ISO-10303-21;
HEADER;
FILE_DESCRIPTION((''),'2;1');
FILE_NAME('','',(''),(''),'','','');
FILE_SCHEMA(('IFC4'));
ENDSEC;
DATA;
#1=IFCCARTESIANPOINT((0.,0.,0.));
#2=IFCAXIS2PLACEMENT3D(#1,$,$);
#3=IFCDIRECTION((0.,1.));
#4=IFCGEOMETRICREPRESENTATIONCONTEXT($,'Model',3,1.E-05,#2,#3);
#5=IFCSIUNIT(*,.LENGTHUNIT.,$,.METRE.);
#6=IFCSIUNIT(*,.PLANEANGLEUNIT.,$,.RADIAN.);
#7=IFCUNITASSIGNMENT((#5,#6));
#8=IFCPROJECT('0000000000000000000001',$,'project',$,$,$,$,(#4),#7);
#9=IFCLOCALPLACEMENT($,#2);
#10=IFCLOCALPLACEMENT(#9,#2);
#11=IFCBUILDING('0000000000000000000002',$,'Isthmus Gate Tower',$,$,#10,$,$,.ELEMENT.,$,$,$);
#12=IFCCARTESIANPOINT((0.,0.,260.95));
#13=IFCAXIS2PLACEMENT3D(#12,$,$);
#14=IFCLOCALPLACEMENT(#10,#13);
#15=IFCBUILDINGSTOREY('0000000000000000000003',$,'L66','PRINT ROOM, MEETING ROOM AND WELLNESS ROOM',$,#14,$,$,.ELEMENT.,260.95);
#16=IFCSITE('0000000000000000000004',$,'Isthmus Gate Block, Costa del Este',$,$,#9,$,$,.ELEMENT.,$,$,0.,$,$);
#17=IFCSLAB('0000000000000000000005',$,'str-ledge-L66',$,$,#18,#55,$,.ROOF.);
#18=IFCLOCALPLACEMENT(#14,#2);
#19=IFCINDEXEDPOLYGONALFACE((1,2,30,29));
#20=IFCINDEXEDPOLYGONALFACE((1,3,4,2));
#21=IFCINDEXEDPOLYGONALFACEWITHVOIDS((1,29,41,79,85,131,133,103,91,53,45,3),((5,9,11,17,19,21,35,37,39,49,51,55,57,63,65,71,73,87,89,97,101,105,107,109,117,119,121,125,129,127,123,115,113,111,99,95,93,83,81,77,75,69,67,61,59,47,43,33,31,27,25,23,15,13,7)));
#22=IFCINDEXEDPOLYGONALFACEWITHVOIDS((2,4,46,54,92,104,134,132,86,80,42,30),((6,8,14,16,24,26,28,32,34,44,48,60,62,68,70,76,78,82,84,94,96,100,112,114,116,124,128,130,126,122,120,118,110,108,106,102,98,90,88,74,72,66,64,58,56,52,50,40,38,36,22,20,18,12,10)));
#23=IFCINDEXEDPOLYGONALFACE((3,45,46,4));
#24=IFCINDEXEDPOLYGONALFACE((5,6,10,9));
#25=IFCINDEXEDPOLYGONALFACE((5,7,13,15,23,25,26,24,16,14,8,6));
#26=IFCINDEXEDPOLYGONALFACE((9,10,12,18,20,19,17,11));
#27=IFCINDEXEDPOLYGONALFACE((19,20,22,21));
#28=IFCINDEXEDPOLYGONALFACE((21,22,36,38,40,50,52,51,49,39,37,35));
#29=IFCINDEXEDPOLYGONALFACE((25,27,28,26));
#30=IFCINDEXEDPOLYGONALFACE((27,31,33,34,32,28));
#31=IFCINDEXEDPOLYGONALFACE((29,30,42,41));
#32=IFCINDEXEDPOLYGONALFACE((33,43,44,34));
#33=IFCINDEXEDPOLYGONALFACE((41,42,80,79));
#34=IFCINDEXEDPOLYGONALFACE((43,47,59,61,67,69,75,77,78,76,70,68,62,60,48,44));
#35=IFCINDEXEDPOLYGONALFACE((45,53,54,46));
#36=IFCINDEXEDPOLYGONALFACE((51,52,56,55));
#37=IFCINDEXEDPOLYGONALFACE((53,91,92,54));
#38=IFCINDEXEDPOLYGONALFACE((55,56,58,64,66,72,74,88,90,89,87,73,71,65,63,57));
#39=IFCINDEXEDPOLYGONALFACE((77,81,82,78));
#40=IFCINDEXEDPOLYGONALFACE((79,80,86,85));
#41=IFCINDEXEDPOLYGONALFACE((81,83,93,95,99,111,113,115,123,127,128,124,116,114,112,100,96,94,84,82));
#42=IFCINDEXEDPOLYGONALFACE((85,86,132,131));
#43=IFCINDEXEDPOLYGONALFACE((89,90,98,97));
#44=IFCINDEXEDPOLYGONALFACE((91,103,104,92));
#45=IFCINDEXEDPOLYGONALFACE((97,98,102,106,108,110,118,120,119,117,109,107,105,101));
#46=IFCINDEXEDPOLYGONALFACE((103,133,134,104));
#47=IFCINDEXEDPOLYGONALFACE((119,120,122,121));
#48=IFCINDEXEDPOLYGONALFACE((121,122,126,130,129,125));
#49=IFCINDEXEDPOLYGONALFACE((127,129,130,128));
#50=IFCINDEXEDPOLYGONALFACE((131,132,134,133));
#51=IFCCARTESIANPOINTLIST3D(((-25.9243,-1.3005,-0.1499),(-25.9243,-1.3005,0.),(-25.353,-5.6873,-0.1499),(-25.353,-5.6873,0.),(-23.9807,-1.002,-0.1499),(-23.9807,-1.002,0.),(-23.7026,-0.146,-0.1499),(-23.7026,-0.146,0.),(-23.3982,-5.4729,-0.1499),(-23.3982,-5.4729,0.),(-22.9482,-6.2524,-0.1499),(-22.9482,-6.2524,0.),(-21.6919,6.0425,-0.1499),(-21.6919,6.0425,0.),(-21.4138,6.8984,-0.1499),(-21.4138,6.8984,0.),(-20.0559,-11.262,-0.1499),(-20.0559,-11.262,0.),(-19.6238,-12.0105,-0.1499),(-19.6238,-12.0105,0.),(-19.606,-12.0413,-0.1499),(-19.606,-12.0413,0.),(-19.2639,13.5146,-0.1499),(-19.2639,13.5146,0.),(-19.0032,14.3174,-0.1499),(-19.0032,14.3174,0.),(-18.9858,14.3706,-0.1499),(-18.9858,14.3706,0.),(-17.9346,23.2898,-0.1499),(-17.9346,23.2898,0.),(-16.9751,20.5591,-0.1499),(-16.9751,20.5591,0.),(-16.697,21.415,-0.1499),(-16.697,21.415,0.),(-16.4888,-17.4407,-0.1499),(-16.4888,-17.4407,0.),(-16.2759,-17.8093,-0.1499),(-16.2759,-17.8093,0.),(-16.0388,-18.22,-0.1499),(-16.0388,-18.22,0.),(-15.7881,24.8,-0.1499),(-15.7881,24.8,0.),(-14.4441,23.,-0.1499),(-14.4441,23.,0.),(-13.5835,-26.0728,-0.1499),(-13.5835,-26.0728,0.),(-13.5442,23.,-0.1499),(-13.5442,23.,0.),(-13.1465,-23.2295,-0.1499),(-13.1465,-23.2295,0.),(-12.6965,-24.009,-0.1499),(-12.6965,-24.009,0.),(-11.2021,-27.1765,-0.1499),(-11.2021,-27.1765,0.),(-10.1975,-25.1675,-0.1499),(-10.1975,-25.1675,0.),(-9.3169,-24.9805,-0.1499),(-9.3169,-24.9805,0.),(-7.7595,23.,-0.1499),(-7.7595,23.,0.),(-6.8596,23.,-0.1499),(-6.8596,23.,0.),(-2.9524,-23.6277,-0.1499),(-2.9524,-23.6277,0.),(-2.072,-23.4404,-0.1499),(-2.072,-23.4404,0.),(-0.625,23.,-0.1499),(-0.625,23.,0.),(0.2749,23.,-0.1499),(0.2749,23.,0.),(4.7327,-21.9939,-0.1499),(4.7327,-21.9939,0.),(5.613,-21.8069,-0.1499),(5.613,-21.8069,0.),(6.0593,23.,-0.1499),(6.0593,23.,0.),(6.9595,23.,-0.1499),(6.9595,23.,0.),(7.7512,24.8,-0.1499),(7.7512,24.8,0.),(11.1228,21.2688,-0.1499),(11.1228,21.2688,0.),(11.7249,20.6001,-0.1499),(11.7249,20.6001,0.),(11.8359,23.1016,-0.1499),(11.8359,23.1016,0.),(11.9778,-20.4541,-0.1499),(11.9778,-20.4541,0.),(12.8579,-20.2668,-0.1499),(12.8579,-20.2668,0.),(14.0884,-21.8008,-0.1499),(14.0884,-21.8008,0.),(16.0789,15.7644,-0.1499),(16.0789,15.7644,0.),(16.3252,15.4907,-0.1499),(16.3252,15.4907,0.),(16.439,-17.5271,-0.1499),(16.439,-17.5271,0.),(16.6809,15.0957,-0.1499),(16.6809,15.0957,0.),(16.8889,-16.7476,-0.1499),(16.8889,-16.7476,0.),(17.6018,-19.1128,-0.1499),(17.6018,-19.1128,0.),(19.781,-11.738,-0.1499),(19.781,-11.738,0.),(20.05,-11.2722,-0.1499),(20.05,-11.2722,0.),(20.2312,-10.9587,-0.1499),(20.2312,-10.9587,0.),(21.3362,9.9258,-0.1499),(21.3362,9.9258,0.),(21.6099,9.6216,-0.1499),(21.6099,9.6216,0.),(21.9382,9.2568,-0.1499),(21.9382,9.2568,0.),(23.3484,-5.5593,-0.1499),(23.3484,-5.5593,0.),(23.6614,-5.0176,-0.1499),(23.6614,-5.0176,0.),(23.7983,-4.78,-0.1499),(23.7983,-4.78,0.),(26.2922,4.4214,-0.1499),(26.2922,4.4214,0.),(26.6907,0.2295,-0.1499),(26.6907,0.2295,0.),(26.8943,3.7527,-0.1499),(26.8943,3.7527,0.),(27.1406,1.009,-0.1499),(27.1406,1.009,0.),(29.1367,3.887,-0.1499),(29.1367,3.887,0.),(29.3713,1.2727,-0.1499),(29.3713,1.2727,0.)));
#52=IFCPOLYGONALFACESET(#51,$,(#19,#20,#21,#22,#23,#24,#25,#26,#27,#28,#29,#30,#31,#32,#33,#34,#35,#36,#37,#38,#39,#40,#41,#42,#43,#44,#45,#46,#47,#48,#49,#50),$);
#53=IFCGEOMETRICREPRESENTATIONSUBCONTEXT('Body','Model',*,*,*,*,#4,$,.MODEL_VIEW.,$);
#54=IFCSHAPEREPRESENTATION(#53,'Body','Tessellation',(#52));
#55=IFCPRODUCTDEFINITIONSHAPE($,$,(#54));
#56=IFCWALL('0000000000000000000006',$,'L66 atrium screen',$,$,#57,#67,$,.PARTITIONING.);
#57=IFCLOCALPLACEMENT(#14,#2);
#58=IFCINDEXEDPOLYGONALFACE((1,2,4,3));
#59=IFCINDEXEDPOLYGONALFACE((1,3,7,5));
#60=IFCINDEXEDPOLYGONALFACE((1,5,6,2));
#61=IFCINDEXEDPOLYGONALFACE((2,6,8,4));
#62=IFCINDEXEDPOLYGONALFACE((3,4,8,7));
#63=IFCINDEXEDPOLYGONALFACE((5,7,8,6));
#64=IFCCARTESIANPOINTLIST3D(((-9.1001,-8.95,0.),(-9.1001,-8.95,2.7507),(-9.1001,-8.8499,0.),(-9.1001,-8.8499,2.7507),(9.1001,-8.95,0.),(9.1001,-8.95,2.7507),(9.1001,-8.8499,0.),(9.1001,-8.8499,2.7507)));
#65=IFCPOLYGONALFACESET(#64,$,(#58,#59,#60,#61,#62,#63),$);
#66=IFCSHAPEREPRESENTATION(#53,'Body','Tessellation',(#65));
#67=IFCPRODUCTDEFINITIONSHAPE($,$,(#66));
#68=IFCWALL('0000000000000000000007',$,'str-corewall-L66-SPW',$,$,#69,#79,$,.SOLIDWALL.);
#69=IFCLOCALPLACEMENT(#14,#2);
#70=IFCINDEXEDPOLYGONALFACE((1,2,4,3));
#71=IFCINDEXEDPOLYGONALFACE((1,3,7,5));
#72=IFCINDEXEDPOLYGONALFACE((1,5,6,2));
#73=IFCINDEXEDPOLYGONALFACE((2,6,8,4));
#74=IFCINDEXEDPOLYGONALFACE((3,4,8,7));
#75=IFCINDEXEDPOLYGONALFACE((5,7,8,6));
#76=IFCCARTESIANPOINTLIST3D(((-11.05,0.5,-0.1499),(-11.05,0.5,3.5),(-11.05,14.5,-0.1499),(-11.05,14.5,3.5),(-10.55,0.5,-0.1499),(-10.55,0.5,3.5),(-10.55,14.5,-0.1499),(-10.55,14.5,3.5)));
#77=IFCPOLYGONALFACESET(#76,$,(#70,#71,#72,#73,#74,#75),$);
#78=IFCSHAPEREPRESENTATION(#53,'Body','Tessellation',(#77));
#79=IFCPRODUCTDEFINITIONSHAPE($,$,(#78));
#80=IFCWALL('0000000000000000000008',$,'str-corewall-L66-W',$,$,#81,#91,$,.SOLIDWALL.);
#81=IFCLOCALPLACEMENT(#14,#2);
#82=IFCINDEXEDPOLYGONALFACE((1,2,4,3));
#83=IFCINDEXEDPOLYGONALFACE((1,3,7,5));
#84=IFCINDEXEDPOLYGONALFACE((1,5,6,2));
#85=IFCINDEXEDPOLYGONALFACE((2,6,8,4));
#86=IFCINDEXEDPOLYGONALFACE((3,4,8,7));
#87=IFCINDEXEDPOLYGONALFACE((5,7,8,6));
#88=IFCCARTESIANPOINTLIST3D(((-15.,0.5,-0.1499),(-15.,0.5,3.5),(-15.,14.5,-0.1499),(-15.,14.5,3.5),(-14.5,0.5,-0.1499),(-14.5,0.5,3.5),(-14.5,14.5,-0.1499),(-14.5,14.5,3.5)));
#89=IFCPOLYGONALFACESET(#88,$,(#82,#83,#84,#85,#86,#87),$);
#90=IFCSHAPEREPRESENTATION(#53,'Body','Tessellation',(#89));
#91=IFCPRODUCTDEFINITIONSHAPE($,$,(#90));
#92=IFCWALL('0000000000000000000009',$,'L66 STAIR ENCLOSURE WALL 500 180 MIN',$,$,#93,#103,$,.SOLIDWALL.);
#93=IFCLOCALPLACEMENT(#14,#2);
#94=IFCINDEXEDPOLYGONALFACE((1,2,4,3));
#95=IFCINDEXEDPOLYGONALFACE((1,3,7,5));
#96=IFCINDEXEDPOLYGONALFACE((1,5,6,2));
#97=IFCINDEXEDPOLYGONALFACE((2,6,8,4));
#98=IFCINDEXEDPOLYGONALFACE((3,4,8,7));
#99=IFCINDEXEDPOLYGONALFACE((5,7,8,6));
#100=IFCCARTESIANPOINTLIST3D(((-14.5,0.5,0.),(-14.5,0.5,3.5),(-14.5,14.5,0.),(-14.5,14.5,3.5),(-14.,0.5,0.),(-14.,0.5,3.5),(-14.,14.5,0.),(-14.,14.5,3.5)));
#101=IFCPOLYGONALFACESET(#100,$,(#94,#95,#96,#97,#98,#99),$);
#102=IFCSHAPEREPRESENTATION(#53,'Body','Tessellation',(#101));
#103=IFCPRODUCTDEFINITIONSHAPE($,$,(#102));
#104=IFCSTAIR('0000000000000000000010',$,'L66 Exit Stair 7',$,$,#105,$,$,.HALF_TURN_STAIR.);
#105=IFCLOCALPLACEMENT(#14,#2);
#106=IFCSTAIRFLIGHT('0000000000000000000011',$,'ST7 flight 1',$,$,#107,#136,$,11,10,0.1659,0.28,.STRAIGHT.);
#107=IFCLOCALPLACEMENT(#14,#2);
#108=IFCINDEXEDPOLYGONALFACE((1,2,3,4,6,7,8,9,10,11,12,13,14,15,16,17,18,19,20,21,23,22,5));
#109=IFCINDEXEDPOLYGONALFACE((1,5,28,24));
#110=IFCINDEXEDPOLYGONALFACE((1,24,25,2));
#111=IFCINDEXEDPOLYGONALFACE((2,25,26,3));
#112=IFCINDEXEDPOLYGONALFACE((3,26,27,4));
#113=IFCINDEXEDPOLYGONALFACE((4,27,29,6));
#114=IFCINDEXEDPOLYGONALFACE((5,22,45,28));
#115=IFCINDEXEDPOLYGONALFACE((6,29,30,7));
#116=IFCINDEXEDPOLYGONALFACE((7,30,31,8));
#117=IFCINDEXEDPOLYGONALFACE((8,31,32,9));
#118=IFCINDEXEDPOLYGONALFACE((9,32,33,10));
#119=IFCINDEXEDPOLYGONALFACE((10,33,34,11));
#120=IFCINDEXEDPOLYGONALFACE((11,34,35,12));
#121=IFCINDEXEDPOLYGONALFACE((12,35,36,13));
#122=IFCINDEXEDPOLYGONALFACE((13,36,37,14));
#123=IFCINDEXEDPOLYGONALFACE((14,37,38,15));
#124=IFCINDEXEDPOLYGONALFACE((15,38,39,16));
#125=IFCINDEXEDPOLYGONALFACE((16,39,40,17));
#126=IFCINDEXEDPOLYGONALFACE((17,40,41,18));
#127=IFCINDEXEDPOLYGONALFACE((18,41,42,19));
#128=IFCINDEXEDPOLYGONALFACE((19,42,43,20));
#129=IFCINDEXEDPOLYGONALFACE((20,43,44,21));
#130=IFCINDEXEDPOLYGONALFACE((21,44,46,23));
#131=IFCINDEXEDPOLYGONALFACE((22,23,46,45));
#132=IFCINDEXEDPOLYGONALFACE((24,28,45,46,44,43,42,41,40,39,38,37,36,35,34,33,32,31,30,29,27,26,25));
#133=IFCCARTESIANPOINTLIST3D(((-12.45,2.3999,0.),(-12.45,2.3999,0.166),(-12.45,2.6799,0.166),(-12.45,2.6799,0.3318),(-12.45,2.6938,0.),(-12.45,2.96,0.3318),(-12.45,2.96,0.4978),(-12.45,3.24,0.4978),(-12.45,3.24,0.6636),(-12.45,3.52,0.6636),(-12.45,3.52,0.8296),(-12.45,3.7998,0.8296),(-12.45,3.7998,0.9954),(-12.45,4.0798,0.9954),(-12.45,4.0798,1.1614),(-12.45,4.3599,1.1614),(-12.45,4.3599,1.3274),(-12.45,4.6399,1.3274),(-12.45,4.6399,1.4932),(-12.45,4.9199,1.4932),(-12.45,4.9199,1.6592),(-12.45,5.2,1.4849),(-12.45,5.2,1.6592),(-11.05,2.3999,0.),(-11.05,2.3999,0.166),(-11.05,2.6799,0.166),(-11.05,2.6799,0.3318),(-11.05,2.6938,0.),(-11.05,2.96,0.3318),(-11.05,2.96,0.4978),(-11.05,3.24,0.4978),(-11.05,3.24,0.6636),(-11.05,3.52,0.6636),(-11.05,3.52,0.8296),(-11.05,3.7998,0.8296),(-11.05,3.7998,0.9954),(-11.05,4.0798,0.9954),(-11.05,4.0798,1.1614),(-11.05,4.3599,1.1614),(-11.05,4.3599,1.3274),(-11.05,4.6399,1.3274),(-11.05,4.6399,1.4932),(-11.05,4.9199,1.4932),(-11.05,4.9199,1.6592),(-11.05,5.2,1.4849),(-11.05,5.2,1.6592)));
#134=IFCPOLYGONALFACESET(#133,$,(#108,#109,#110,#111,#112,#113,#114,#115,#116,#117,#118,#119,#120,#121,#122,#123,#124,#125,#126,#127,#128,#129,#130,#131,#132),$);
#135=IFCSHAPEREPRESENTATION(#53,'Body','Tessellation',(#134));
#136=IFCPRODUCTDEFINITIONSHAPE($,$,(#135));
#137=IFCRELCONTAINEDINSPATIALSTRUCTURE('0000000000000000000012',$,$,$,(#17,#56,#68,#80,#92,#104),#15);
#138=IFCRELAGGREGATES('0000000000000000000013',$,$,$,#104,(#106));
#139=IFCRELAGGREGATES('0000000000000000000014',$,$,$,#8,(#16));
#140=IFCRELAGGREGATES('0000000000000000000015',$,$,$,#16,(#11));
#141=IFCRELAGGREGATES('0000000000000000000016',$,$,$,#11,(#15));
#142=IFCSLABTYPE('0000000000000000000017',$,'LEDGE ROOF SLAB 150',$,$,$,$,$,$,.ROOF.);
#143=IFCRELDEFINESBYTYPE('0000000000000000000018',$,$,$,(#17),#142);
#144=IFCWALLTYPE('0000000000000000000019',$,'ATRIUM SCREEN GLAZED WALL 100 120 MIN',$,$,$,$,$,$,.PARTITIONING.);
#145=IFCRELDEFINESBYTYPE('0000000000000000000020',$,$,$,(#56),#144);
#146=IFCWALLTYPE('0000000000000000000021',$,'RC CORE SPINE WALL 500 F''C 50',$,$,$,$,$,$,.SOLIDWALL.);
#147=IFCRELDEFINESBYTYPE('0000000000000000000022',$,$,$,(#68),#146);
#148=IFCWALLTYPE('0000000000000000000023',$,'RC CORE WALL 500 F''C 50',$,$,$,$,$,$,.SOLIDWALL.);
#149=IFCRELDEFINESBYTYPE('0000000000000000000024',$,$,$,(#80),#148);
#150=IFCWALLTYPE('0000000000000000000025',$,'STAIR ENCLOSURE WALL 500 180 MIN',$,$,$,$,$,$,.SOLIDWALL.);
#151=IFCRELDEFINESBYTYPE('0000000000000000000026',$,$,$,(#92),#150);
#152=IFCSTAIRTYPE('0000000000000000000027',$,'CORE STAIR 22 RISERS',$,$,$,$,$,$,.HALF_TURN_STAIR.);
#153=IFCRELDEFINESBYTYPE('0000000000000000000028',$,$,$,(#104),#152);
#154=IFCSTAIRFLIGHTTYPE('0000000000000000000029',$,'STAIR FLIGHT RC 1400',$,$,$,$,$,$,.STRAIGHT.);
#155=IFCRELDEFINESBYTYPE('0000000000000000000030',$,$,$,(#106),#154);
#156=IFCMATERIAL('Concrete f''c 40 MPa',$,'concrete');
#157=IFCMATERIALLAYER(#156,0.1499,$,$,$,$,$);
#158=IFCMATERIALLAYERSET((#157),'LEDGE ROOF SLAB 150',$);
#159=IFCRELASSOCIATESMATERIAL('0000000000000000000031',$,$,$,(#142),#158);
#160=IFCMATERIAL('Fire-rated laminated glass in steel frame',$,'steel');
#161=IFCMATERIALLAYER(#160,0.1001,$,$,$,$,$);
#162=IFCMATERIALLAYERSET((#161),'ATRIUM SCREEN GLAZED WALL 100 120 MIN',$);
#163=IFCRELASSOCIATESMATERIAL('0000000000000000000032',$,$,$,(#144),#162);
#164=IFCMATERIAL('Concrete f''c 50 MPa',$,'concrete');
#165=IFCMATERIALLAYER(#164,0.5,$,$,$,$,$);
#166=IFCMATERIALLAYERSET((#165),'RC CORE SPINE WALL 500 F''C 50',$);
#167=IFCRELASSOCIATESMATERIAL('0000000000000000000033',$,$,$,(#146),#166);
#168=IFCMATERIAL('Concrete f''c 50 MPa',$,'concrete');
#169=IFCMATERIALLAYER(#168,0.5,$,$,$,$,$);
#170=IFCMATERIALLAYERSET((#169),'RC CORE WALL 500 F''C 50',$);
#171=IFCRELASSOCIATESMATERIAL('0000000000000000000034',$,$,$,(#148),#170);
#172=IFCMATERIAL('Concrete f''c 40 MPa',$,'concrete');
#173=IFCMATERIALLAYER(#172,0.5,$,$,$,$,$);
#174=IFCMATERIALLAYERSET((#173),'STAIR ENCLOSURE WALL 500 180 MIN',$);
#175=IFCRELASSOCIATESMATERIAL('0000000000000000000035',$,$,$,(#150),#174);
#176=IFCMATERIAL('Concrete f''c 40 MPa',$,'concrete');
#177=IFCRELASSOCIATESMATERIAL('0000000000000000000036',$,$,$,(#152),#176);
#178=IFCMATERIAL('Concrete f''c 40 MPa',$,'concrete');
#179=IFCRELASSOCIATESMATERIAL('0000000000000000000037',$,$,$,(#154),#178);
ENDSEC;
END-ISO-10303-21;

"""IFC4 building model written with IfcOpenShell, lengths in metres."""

from ifc_helpers import new_model, si_unit, direction, frame, frame_2d, origin, place, context, subcontext, project, spatial, polyline, rectangle, outline, extrude, material, layer, layer_set, type_object, element, aggregate, save


model = new_model("IFC4")

# Units and contexts
model_context = context("Model", 3, precision=1e-05, world=origin(), true_north=direction((0.0, 1.0)))
body_context = subcontext(model_context, "Body", "Model", "MODEL_VIEW")
ifc_project = project(units=[si_unit("LENGTHUNIT", "METRE"), si_unit("PLANEANGLEUNIT", "RADIAN")], contexts=[model_context])

# Site, building, storey
site_placement = place(None, origin())
site = spatial("IfcSite", under=ifc_project, at=site_placement, Name="Isthmus Gate Block, Costa del Este", CompositionType="ELEMENT", RefElevation=0.0)
building_placement = place(site_placement, origin())
building = spatial("IfcBuilding", under=site, at=building_placement, Name="Isthmus Gate Tower", CompositionType="ELEMENT")
storey_placement = place(building_placement, frame((0.0, 0.0, 260.95)))
storey = spatial("IfcBuildingStorey", under=building, at=storey_placement, Name="L66", Description="PRINT ROOM, MEETING ROOM AND WELLNESS ROOM", CompositionType="ELEMENT", Elevation=260.95)

# Slab
ifc_material_1 = material(Name="Concrete f'c 40 MPa", Category="concrete")
ifc_layer_1 = layer(ifc_material_1, 0.1499)
ifc_layer_set_1 = layer_set([ifc_layer_1], Name="LEDGE ROOF SLAB 150")
slab_type_1 = type_object("IfcSlabType", Name="LEDGE ROOF SLAB 150", PredefinedType="ROOF", material=ifc_layer_set_1)
slab_1_placement = place(storey_placement, frame((0.0, 0.0, -0.1499)))
element("IfcSlab", 1, at=slab_1_placement, inside=storey, type_object=slab_type_1, Name="str-ledge-L66", PredefinedType="ROOF", context=body_context, shape_type="SweptSolid", body=[
    extrude(outline(polyline([(29.1367, 3.887), (29.3713, 1.2727), (17.6018, -19.1128), (14.0884, -21.8008), (-11.2021, -27.1765), (-13.5835, -26.0728), (-25.353, -5.6873), (-25.9243, -1.3005), (-17.9346, 23.2898), (-15.7881, 24.8), (7.7512, 24.8), (11.8359, 23.1016), (29.1367, 3.887)]), holes=[polyline([(-16.697, 21.415), (-16.9751, 20.5591), (-18.9858, 14.3706), (-19.0032, 14.3174), (-19.2639, 13.5146), (-21.4138, 6.8984), (-21.6919, 6.0425), (-23.7026, -0.146), (-23.9807, -1.002), (-23.3982, -5.4729), (-22.9482, -6.2524), (-20.0559, -11.262), (-19.6238, -12.0105), (-19.606, -12.0413), (-16.4888, -17.4407), (-16.2759, -17.8093), (-16.0388, -18.22), (-13.1465, -23.2295), (-12.6965, -24.009), (-10.1975, -25.1675), (-9.3169, -24.9805), (-2.9524, -23.6277), (-2.072, -23.4404), (4.7327, -21.9939), (5.613, -21.8069), (11.9778, -20.4541), (12.8579, -20.2668), (16.439, -17.5271), (16.8889, -16.7476), (19.781, -11.738), (20.05, -11.2722), (20.2312, -10.9587), (23.3484, -5.5593), (23.6614, -5.0176), (23.7983, -4.78), (26.6907, 0.2295), (27.1406, 1.009), (26.8943, 3.7527), (26.2922, 4.4214), (21.9382, 9.2568), (21.6099, 9.6216), (21.3362, 9.9258), (16.6809, 15.0957), (16.3252, 15.4907), (16.0789, 15.7644), (11.7249, 20.6001), (11.1228, 21.2688), (6.9595, 23.0), (6.0593, 23.0), (0.2749, 23.0), (-0.625, 23.0), (-6.8596, 23.0), (-7.7595, 23.0), (-13.5442, 23.0), (-14.4441, 23.0), (-16.697, 21.415)])]), origin(), (0.0, 0.0, 1.0), 0.1499),
])

# Walls
ifc_material_2 = material(Name="Fire-rated laminated glass in steel frame", Category="steel")
ifc_layer_2 = layer(ifc_material_2, 0.1001)
ifc_layer_set_2 = layer_set([ifc_layer_2], Name="ATRIUM SCREEN GLAZED WALL 100 120 MIN")
wall_type_1 = type_object("IfcWallType", Name="ATRIUM SCREEN GLAZED WALL 100 120 MIN", PredefinedType="PARTITIONING", material=ifc_layer_set_2)
wall_1_placement = place(storey_placement, frame((-9.1001, -8.8999, 0.0), z_axis=(0.0, 0.0, 1.0), x_axis=(1.0, 0.0, 0.0)))
element("IfcWall", 2, at=wall_1_placement, inside=storey, type_object=wall_type_1, Name="L66 atrium screen", PredefinedType="PARTITIONING", context=body_context, shape_type="SweptSolid", body=[
    extrude(rectangle(XDim=18.2002, YDim=0.1001, at=frame_2d((9.1001, 0.0))), origin(), (0.0, 0.0, 1.0), 2.7507),
])
ifc_material_3 = material(Name="Concrete f'c 50 MPa", Category="concrete")
ifc_layer_3 = layer(ifc_material_3, 0.5)
ifc_layer_set_3 = layer_set([ifc_layer_3], Name="RC CORE SPINE WALL 500 F'C 50")
wall_type_2 = type_object("IfcWallType", Name="RC CORE SPINE WALL 500 F'C 50", PredefinedType="SOLIDWALL", material=ifc_layer_set_3)
wall_2_placement = place(storey_placement, frame((-10.8, 0.5, -0.1499), z_axis=(0.0, 0.0, 1.0), x_axis=(0.0, 1.0, 0.0)))
element("IfcWall", 3, at=wall_2_placement, inside=storey, type_object=wall_type_2, Name="str-corewall-L66-SPW", PredefinedType="SOLIDWALL", context=body_context, shape_type="SweptSolid", body=[
    extrude(rectangle(XDim=14.0, YDim=0.5, at=frame_2d((7.0, 0.0))), origin(), (0.0, 0.0, 1.0), 3.6499),
])
ifc_material_4 = material(Name="Concrete f'c 50 MPa", Category="concrete")
ifc_layer_4 = layer(ifc_material_4, 0.5)
ifc_layer_set_4 = layer_set([ifc_layer_4], Name="RC CORE WALL 500 F'C 50")
wall_type_3 = type_object("IfcWallType", Name="RC CORE WALL 500 F'C 50", PredefinedType="SOLIDWALL", material=ifc_layer_set_4)
wall_3_placement = place(storey_placement, frame((-14.75, 0.5, -0.1499), z_axis=(0.0, 0.0, 1.0), x_axis=(0.0, 1.0, 0.0)))
element("IfcWall", 4, at=wall_3_placement, inside=storey, type_object=wall_type_3, Name="str-corewall-L66-W", PredefinedType="SOLIDWALL", context=body_context, shape_type="SweptSolid", body=[
    extrude(rectangle(XDim=14.0, YDim=0.5, at=frame_2d((7.0, 0.0))), origin(), (0.0, 0.0, 1.0), 3.6499),
])
ifc_material_5 = material(Name="Concrete f'c 40 MPa", Category="concrete")
ifc_layer_5 = layer(ifc_material_5, 0.5)
ifc_layer_set_5 = layer_set([ifc_layer_5], Name="STAIR ENCLOSURE WALL 500 180 MIN")
wall_type_4 = type_object("IfcWallType", Name="STAIR ENCLOSURE WALL 500 180 MIN", PredefinedType="SOLIDWALL", material=ifc_layer_set_5)
wall_4_placement = place(storey_placement, frame((-14.25, 0.5, 0.0), z_axis=(0.0, 0.0, 1.0), x_axis=(0.0, 1.0, 0.0)))
element("IfcWall", 5, at=wall_4_placement, inside=storey, type_object=wall_type_4, Name="L66 STAIR ENCLOSURE WALL 500 180 MIN", PredefinedType="SOLIDWALL", context=body_context, shape_type="SweptSolid", body=[
    extrude(rectangle(XDim=14.0, YDim=0.5, at=frame_2d((7.0, 0.0))), origin(), (0.0, 0.0, 1.0), 3.5),
])

# Stair, stair flight
ifc_material_6 = material(Name="Concrete f'c 40 MPa", Category="concrete")
stair_type = type_object("IfcStairType", Name="CORE STAIR 22 RISERS", PredefinedType="HALF_TURN_STAIR", material=ifc_material_6)
stair_placement = place(storey_placement, origin())
stair = element("IfcStair", 6, at=stair_placement, inside=storey, type_object=stair_type, Name="L66 Exit Stair 7", PredefinedType="HALF_TURN_STAIR")
ifc_material_7 = material(Name="Concrete f'c 40 MPa", Category="concrete")
stair_flight_type = type_object("IfcStairFlightType", Name="STAIR FLIGHT RC 1400", PredefinedType="STRAIGHT", material=ifc_material_7)
stair_flight_placement = place(storey_placement, frame((-11.75, 2.3999, 0.0), z_axis=(0.0, 0.0, 1.0), x_axis=(0.0, 1.0, 0.0)))
stair_flight = element("IfcStairFlight", 7, at=stair_flight_placement, type_object=stair_flight_type, Name="ST7 flight 1", NumberOfRisers=11, NumberOfTreads=10, PredefinedType="STRAIGHT", RiserHeight=0.1659, TreadLength=0.28, context=body_context, shape_type="SweptSolid", body=[
    extrude(outline(polyline([(0.0, 0.0), (0.0, 0.166), (0.28, 0.166), (0.28, 0.3318), (0.5601, 0.3318), (0.5601, 0.4978), (0.8401, 0.4978), (0.8401, 0.6636), (1.1201, 0.6636), (1.1201, 0.8296), (1.3999, 0.8296), (1.3999, 0.9954), (1.6799, 0.9954), (1.6799, 1.1614), (1.96, 1.1614), (1.96, 1.3274), (2.24, 1.3274), (2.24, 1.4932), (2.52, 1.4932), (2.52, 1.6592), (2.8, 1.6592), (2.8, 1.825), (2.8, 1.4849), (0.2939, 0.0), (0.0, 0.0)])), frame((0.0, 0.7, 0.0), z_axis=(0.0, -1.0, 0.0), x_axis=(1.0, 0.0, 0.0)), (0.0, 0.0, 1.0), 1.3999),
])
aggregate(stair, [stair_flight])

save(model, "model.ifc")
